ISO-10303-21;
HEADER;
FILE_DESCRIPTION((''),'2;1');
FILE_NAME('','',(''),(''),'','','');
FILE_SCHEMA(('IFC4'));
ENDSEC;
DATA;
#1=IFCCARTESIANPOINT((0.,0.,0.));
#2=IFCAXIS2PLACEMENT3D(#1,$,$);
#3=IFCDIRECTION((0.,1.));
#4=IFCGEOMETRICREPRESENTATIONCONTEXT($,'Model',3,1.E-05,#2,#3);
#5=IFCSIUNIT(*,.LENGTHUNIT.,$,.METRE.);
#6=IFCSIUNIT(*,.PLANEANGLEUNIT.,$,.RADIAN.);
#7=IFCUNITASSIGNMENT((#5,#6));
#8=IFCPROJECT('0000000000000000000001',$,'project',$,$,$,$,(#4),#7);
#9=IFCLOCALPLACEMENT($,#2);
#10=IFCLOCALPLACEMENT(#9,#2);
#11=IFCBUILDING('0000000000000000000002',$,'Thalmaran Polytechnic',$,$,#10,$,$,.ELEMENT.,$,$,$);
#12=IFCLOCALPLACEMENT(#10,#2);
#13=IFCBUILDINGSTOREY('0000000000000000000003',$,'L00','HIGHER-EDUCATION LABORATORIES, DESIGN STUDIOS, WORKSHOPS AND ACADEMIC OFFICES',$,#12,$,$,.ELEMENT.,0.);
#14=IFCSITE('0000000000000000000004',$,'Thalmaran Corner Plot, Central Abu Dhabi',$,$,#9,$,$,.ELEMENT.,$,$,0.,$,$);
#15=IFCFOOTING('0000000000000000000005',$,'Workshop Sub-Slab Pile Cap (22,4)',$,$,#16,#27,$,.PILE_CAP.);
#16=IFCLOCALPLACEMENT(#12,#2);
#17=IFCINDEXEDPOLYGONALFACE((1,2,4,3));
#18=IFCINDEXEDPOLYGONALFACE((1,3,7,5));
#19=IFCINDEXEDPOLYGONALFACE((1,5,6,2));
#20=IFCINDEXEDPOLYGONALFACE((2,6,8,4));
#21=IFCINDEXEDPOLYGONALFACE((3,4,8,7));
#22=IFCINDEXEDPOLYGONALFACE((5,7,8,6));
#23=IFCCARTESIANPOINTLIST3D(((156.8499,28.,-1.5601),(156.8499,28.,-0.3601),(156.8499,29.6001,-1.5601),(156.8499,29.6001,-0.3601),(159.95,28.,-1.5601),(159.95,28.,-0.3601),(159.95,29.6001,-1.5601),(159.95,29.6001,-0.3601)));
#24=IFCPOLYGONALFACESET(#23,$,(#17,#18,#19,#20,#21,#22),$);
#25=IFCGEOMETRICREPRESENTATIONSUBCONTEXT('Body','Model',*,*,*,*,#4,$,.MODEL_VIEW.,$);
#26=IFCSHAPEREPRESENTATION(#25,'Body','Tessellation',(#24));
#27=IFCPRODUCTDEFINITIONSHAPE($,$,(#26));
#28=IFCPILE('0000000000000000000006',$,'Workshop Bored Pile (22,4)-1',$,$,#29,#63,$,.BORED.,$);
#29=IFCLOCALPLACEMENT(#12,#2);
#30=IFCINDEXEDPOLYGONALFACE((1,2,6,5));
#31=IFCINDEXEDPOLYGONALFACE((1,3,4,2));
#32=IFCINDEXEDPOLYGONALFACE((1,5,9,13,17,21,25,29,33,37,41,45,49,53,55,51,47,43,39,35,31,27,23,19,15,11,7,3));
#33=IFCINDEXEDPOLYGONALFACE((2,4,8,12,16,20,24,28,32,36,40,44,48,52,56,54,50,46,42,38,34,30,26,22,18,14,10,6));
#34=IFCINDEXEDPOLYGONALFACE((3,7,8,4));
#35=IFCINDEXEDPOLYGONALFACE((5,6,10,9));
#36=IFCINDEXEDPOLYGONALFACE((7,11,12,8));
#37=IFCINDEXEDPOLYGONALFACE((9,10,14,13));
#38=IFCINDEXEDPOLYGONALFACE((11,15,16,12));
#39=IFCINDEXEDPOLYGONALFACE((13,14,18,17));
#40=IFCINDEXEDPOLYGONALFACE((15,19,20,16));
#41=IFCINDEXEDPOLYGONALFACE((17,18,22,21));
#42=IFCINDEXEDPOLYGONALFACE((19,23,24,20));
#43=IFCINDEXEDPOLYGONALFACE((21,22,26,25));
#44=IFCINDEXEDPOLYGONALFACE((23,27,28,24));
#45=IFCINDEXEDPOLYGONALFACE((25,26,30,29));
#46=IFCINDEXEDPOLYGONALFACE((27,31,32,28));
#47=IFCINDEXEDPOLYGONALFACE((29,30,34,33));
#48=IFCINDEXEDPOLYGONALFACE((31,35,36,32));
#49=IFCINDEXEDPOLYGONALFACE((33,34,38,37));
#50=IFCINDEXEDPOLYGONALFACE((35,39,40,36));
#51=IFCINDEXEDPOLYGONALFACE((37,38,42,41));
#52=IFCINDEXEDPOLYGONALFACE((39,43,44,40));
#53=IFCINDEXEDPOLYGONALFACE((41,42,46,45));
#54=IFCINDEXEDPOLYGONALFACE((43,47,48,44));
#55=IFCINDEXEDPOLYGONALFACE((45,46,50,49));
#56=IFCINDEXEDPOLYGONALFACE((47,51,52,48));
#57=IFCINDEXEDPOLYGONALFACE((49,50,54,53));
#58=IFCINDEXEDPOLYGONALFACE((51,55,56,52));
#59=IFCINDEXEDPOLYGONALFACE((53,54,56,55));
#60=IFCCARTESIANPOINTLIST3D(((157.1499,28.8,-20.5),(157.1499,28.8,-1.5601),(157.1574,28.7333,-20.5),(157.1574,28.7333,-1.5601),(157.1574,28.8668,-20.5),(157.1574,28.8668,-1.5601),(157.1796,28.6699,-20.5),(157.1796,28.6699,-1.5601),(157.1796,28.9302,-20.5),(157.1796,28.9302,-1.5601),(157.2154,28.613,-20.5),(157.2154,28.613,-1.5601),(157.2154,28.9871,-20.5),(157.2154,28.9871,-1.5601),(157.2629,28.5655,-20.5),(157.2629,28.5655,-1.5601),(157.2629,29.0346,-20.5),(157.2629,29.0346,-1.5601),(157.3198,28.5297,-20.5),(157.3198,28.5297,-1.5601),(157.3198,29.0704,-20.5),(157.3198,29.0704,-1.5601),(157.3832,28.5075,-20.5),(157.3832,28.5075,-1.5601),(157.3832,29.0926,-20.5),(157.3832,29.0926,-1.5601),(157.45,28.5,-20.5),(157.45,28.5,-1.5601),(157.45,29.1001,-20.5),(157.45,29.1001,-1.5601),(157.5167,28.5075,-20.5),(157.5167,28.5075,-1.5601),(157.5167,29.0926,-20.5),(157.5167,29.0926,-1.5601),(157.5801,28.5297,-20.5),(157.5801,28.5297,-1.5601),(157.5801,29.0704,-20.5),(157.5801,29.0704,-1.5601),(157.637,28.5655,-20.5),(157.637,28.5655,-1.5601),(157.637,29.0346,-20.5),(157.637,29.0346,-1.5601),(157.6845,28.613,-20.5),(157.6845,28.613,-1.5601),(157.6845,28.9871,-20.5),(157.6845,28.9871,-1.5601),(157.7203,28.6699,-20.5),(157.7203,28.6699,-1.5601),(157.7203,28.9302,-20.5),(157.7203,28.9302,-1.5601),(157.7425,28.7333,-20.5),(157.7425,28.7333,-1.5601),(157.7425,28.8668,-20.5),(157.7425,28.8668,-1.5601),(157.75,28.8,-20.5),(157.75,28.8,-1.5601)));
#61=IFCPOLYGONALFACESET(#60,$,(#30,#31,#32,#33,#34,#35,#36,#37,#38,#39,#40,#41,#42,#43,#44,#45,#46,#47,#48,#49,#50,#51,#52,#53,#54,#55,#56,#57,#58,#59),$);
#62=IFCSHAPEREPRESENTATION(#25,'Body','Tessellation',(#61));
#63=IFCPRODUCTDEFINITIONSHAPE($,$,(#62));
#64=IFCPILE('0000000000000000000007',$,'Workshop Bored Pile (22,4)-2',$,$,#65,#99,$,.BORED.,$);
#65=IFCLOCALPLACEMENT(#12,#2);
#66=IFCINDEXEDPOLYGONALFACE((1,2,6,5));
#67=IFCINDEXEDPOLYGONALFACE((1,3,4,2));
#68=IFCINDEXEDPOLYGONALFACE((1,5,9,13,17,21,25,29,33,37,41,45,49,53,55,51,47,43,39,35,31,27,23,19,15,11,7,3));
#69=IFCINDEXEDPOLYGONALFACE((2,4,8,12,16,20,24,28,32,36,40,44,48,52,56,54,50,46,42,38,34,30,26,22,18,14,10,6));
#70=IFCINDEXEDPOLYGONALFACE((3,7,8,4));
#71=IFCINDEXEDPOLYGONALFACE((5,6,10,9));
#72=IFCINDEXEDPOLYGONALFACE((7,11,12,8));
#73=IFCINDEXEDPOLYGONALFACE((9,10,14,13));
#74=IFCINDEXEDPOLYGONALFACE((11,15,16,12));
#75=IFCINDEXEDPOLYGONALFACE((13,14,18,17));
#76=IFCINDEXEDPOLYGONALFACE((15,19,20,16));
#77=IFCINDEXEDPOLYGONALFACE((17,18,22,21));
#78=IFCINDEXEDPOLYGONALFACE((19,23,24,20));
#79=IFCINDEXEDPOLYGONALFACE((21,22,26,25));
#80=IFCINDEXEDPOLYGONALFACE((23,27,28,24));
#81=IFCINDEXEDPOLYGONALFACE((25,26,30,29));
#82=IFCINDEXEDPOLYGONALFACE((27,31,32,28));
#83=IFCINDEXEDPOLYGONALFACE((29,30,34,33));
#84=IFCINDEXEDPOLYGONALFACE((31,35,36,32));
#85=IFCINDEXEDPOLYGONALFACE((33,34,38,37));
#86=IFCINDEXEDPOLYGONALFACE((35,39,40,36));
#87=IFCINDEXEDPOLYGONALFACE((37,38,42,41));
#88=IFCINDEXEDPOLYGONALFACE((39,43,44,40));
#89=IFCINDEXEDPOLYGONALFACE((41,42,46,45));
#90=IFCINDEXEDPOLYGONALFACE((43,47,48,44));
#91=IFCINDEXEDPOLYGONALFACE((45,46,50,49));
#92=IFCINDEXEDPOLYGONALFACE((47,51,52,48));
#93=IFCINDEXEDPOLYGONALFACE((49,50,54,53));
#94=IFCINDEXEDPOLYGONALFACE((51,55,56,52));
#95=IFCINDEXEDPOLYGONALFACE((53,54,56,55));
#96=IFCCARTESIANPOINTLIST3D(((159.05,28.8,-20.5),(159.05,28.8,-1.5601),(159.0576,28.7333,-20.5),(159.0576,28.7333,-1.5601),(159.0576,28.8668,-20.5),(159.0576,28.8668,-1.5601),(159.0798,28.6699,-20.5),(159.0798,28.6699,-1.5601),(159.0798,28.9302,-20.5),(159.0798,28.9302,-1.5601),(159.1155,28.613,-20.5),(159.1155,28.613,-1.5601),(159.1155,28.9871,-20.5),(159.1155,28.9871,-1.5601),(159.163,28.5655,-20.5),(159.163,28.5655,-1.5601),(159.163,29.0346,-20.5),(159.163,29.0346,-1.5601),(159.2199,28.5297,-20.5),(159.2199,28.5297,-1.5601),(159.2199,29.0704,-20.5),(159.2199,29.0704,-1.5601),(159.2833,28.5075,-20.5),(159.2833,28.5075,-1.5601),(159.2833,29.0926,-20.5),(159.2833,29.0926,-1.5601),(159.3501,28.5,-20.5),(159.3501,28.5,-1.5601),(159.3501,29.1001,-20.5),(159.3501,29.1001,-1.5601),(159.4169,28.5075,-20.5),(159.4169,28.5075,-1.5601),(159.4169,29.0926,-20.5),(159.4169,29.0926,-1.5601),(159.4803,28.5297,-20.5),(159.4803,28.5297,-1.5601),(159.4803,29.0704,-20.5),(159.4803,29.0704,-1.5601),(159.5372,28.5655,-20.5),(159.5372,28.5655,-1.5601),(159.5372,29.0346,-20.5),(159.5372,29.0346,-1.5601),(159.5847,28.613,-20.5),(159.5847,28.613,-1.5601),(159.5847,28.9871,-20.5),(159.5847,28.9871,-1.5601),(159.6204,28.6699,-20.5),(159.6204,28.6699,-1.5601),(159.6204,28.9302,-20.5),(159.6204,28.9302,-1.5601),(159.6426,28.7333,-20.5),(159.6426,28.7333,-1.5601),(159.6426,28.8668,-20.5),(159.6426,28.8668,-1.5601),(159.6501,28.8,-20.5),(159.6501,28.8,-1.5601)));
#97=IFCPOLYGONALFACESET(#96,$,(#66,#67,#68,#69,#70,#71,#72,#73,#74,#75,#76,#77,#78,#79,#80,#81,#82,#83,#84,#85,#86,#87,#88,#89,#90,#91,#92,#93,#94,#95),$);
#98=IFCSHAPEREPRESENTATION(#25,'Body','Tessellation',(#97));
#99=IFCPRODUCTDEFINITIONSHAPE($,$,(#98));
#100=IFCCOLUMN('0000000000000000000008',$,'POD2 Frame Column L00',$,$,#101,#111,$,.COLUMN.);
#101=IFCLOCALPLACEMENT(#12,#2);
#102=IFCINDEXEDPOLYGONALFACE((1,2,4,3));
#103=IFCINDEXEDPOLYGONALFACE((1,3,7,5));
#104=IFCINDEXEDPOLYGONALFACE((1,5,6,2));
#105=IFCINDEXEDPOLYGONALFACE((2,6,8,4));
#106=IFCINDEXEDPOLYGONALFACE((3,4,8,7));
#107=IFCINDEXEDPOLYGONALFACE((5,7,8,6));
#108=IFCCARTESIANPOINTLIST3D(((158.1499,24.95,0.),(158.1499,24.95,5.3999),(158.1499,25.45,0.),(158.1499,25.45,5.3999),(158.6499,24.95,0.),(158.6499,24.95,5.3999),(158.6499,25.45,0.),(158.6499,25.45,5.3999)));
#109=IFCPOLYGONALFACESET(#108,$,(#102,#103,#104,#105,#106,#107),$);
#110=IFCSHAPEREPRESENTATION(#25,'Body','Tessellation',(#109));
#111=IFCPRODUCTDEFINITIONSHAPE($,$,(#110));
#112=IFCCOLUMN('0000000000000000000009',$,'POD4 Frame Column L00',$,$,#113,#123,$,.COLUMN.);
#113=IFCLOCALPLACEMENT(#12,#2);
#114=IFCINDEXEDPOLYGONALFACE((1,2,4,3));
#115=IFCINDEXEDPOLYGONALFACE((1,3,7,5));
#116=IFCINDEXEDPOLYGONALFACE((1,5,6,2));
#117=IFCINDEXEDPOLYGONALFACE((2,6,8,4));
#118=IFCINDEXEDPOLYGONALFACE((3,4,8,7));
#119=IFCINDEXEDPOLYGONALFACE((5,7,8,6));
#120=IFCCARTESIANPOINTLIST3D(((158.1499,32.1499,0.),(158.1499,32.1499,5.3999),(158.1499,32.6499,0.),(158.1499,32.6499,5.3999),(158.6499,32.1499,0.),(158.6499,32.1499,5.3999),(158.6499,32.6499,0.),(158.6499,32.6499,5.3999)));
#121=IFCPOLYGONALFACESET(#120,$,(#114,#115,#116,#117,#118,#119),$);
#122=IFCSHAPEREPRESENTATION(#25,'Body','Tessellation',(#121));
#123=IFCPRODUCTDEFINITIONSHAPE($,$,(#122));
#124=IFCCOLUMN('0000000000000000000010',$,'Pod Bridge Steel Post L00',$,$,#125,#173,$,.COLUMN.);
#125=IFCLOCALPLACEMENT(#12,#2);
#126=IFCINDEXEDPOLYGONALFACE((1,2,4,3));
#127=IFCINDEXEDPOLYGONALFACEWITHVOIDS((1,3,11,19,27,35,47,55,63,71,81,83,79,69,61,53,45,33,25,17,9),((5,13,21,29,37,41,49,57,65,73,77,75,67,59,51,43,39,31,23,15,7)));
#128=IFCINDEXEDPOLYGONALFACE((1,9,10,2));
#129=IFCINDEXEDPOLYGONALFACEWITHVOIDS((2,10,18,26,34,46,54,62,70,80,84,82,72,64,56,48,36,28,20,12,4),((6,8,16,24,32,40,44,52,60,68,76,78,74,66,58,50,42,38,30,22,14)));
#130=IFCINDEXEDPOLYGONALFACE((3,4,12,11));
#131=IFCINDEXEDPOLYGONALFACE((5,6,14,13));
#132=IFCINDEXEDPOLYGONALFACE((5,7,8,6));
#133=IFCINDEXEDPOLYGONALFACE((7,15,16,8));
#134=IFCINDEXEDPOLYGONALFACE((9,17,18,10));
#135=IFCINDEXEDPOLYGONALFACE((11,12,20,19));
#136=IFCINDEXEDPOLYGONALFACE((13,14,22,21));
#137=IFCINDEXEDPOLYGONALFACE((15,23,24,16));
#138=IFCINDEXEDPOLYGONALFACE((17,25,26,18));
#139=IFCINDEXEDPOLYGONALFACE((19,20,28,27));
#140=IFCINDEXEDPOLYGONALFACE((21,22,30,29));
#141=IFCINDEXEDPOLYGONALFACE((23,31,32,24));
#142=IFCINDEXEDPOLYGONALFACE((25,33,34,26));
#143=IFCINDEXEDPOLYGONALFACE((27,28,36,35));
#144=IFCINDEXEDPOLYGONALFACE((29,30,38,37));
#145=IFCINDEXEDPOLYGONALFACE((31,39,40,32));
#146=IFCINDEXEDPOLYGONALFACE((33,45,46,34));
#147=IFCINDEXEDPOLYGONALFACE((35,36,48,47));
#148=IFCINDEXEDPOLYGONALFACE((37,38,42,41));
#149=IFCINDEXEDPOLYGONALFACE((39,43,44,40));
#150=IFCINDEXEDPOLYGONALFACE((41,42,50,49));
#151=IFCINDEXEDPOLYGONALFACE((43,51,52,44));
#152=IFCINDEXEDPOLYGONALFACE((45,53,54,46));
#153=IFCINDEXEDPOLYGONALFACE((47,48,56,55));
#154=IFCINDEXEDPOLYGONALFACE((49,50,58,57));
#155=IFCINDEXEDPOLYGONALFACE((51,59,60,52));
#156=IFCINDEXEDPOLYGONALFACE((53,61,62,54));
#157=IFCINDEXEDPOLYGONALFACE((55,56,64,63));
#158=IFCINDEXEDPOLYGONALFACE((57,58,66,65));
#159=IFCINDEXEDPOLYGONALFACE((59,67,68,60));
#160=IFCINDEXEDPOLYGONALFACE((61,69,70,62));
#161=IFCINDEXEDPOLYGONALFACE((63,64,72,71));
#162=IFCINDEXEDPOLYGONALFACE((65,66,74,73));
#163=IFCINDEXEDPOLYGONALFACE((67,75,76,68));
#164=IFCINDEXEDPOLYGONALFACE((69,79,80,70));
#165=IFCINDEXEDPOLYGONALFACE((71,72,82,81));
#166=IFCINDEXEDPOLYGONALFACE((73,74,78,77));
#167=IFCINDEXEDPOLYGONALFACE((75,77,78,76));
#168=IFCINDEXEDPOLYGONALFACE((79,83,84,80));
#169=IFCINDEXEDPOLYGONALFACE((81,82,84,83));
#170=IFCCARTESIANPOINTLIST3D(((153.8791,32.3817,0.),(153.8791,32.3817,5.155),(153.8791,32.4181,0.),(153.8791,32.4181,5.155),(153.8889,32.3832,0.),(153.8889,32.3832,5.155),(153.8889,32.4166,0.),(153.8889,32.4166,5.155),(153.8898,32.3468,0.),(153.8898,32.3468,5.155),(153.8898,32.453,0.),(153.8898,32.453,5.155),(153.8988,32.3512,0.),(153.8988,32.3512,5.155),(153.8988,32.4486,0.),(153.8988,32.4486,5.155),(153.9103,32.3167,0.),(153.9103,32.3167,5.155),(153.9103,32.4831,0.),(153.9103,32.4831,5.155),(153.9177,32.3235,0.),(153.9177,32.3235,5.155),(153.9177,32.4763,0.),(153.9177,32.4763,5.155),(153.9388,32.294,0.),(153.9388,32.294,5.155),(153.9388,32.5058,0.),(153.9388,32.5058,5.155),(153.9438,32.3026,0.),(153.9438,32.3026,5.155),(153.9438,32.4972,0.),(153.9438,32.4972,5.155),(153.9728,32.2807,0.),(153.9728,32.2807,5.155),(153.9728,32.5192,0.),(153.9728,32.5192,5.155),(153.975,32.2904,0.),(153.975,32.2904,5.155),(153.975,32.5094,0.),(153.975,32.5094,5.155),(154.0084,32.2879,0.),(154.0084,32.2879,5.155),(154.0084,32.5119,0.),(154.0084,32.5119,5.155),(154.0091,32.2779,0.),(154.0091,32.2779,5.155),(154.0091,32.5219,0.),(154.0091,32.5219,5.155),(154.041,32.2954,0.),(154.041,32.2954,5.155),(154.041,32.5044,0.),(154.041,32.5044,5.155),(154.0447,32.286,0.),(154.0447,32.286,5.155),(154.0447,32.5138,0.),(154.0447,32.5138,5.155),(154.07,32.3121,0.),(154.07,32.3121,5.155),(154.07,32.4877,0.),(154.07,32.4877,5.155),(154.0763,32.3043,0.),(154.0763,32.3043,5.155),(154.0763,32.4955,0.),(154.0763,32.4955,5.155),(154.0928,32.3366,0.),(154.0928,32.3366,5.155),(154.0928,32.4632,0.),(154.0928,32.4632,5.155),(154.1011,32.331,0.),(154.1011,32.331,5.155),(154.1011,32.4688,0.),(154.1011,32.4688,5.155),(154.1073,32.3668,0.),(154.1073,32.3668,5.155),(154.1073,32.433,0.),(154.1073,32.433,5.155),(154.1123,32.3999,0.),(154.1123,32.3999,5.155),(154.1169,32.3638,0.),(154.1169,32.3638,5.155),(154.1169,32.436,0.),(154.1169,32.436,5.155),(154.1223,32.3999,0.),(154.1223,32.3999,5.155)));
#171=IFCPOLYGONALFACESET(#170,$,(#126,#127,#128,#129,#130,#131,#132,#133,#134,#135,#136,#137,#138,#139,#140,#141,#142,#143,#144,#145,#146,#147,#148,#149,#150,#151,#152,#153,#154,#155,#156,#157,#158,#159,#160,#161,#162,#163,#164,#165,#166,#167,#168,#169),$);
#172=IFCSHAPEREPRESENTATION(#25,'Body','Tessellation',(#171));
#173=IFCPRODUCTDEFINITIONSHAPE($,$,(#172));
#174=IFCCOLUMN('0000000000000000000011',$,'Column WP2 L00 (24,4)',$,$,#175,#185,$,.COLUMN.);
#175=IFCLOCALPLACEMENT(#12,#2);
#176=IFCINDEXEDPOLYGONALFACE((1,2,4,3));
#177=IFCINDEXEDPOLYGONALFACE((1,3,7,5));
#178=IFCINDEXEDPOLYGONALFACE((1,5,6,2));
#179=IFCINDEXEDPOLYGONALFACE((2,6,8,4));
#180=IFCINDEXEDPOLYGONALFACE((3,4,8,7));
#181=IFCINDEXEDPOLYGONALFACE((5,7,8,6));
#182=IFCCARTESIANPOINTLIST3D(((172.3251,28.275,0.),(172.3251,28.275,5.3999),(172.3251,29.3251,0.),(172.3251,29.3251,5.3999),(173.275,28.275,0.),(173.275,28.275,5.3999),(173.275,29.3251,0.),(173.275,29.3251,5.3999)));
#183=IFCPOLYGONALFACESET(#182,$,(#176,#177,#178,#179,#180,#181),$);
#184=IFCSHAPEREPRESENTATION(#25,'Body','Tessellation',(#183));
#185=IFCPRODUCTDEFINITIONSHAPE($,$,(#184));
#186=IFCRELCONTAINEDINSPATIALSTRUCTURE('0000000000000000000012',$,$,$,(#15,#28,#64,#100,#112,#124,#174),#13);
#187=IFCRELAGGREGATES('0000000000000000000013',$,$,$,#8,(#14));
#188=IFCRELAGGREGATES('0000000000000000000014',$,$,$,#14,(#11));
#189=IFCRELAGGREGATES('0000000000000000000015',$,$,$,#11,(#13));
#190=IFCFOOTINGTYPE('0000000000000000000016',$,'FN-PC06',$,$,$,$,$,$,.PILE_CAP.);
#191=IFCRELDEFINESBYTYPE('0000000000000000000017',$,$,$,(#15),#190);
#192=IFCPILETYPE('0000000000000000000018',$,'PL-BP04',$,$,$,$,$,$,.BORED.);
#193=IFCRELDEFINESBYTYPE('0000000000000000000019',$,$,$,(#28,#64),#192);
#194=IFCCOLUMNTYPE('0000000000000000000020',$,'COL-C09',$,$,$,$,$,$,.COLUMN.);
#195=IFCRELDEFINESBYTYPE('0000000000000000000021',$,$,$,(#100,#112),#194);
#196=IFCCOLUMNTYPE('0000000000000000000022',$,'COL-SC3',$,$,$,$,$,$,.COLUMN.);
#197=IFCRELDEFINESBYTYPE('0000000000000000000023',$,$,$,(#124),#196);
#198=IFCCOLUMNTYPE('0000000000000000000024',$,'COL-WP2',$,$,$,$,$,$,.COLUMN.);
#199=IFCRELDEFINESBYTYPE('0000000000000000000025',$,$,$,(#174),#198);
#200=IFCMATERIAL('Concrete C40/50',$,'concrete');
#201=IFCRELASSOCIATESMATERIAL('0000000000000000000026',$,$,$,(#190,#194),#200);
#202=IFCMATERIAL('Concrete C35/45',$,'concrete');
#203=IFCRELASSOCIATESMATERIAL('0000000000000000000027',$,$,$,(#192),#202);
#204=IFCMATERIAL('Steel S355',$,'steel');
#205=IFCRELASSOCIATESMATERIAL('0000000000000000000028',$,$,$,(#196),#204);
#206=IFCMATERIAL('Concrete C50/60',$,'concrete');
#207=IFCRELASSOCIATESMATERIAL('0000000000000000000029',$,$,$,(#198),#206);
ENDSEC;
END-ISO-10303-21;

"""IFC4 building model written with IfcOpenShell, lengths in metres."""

from ifc_helpers import new_model, si_unit, direction, frame, origin, origin_2d, place, context, subcontext, project, spatial, rectangle, circle, hollow_circle, extrude, material, material_profile, profile_set, type_object, element, save


model = new_model("IFC4")

# Units and contexts
model_context = context("Model", 3, precision=1e-05, world=origin(), true_north=direction((0.0, 1.0)))
body_context = subcontext(model_context, "Body", "Model", "MODEL_VIEW")
ifc_project = project(units=[si_unit("LENGTHUNIT", "METRE"), si_unit("PLANEANGLEUNIT", "RADIAN")], contexts=[model_context])

# Site, building, storey
site_placement = place(None, origin())
site = spatial("IfcSite", under=ifc_project, at=site_placement, Name="Thalmaran Corner Plot, Central Abu Dhabi", CompositionType="ELEMENT", RefElevation=0.0)
building_placement = place(site_placement, origin())
building = spatial("IfcBuilding", under=site, at=building_placement, Name="Thalmaran Polytechnic", CompositionType="ELEMENT")
storey_placement = place(building_placement, origin())
storey = spatial("IfcBuildingStorey", under=building, at=storey_placement, Name="L00", Description="HIGHER-EDUCATION LABORATORIES, DESIGN STUDIOS, WORKSHOPS AND ACADEMIC OFFICES", CompositionType="ELEMENT", Elevation=0.0)

# Footing
ifc_material_1 = material(Name="Concrete C40/50", Category="concrete")
footing_type = type_object("IfcFootingType", Name="FN-PC06", PredefinedType="PILE_CAP", material=ifc_material_1)
footing_placement = place(storey_placement, frame((158.3999, 28.8, -1.5601), z_axis=(0.0, 0.0, 1.0), x_axis=(1.0, 0.0, 0.0)))
element("IfcFooting", 1, at=footing_placement, inside=storey, type_object=footing_type, Name="Workshop Sub-Slab Pile Cap (22,4)", PredefinedType="PILE_CAP", context=body_context, shape_type="SweptSolid", body=[
    extrude(rectangle(XDim=3.1001, YDim=1.6001, at=origin_2d()), origin(), (0.0, 0.0, 1.0), 1.2),
])

# Piles
ifc_material_2 = material(Name="Concrete C35/45", Category="concrete")
ifc_material_profile_1 = material_profile(ifc_material_2, circle(Radius=0.3, at=origin_2d()), Name="RC 600 DIA")
ifc_profile_set_1 = profile_set([ifc_material_profile_1], Name="Concrete C35/45")
pile_type = type_object("IfcPileType", Name="PL-BP04", PredefinedType="BORED", material=ifc_profile_set_1)
for number, where, z_axis, x_axis, name in (
    (2, (157.45, 28.8, -1.5601), (0.0, 0.0, -1.0), (1.0, 0.0, 0.0), "Workshop Bored Pile (22,4)-1"),
    (3, (159.3501, 28.8, -1.5601), (0.0, 0.0, -1.0), (1.0, 0.0, 0.0), "Workshop Bored Pile (22,4)-2"),
):
    element("IfcPile", number, at=place(storey_placement, frame(where, z_axis=z_axis, x_axis=x_axis)), inside=storey, type_object=pile_type, Name=name, PredefinedType="BORED", context=body_context, shape_type="SweptSolid", body=[
        extrude(circle(Radius=0.3, at=origin_2d()), origin(), (0.0, 0.0, 1.0), 18.9399),
    ])

# Columns
ifc_material_profile_2 = material_profile(ifc_material_1, rectangle(XDim=0.5, YDim=0.5, at=origin_2d()), Name="RC 500x500")
ifc_profile_set_2 = profile_set([ifc_material_profile_2], Name="Concrete C40/50")
column_type_1 = type_object("IfcColumnType", Name="COL-C09", PredefinedType="COLUMN", material=ifc_profile_set_2)
for number, where, z_axis, x_axis, name in (
    (4, (158.3999, 25.2, 0.0), (0.0, 0.0, 1.0), (1.0, 0.0, 0.0), "POD2 Frame Column L00"),
    (5, (158.3999, 32.3999, 0.0), (0.0, 0.0, 1.0), (1.0, 0.0, 0.0), "POD4 Frame Column L00"),
):
    element("IfcColumn", number, at=place(storey_placement, frame(where, z_axis=z_axis, x_axis=x_axis)), inside=storey, type_object=column_type_1, Name=name, PredefinedType="COLUMN", context=body_context, shape_type="SweptSolid", body=[
        extrude(rectangle(XDim=0.5, YDim=0.5, at=origin_2d()), origin(), (0.0, 0.0, 1.0), 5.3999),
    ])
ifc_material_3 = material(Name="Steel S355", Category="steel")
ifc_material_profile_3 = material_profile(ifc_material_3, hollow_circle(Radius=0.1223, WallThickness=0.01, at=origin_2d()), Name="CHS 244.5x10.0")
ifc_profile_set_3 = profile_set([ifc_material_profile_3], Name="Steel S355")
column_type_2 = type_object("IfcColumnType", Name="COL-SC3", PredefinedType="COLUMN", material=ifc_profile_set_3)
column_1_placement = place(storey_placement, frame((154.0, 32.3999, 0.0), z_axis=(0.0, 0.0, 1.0), x_axis=(1.0, 0.0, 0.0)))
element("IfcColumn", 6, at=column_1_placement, inside=storey, type_object=column_type_2, Name="Pod Bridge Steel Post L00", PredefinedType="COLUMN", context=body_context, shape_type="SweptSolid", body=[
    extrude(hollow_circle(Radius=0.1223, WallThickness=0.01, at=origin_2d()), origin(), (0.0, 0.0, 1.0), 5.155),
])
ifc_material_4 = material(Name="Concrete C50/60", Category="concrete")
ifc_material_profile_4 = material_profile(ifc_material_4, rectangle(XDim=0.95, YDim=1.05, at=origin_2d()), Name="RC 950x1050")
ifc_profile_set_4 = profile_set([ifc_material_profile_4], Name="Concrete C50/60")
column_type_3 = type_object("IfcColumnType", Name="COL-WP2", PredefinedType="COLUMN", material=ifc_profile_set_4)
column_2_placement = place(storey_placement, frame((172.8, 28.8, 0.0), z_axis=(0.0, 0.0, 1.0), x_axis=(1.0, 0.0, 0.0)))
element("IfcColumn", 7, at=column_2_placement, inside=storey, type_object=column_type_3, Name="Column WP2 L00 (24,4)", PredefinedType="COLUMN", context=body_context, shape_type="SweptSolid", body=[
    extrude(rectangle(XDim=0.95, YDim=1.05, at=origin_2d()), origin(), (0.0, 0.0, 1.0), 5.3999),
])

save(model, "model.ifc")
